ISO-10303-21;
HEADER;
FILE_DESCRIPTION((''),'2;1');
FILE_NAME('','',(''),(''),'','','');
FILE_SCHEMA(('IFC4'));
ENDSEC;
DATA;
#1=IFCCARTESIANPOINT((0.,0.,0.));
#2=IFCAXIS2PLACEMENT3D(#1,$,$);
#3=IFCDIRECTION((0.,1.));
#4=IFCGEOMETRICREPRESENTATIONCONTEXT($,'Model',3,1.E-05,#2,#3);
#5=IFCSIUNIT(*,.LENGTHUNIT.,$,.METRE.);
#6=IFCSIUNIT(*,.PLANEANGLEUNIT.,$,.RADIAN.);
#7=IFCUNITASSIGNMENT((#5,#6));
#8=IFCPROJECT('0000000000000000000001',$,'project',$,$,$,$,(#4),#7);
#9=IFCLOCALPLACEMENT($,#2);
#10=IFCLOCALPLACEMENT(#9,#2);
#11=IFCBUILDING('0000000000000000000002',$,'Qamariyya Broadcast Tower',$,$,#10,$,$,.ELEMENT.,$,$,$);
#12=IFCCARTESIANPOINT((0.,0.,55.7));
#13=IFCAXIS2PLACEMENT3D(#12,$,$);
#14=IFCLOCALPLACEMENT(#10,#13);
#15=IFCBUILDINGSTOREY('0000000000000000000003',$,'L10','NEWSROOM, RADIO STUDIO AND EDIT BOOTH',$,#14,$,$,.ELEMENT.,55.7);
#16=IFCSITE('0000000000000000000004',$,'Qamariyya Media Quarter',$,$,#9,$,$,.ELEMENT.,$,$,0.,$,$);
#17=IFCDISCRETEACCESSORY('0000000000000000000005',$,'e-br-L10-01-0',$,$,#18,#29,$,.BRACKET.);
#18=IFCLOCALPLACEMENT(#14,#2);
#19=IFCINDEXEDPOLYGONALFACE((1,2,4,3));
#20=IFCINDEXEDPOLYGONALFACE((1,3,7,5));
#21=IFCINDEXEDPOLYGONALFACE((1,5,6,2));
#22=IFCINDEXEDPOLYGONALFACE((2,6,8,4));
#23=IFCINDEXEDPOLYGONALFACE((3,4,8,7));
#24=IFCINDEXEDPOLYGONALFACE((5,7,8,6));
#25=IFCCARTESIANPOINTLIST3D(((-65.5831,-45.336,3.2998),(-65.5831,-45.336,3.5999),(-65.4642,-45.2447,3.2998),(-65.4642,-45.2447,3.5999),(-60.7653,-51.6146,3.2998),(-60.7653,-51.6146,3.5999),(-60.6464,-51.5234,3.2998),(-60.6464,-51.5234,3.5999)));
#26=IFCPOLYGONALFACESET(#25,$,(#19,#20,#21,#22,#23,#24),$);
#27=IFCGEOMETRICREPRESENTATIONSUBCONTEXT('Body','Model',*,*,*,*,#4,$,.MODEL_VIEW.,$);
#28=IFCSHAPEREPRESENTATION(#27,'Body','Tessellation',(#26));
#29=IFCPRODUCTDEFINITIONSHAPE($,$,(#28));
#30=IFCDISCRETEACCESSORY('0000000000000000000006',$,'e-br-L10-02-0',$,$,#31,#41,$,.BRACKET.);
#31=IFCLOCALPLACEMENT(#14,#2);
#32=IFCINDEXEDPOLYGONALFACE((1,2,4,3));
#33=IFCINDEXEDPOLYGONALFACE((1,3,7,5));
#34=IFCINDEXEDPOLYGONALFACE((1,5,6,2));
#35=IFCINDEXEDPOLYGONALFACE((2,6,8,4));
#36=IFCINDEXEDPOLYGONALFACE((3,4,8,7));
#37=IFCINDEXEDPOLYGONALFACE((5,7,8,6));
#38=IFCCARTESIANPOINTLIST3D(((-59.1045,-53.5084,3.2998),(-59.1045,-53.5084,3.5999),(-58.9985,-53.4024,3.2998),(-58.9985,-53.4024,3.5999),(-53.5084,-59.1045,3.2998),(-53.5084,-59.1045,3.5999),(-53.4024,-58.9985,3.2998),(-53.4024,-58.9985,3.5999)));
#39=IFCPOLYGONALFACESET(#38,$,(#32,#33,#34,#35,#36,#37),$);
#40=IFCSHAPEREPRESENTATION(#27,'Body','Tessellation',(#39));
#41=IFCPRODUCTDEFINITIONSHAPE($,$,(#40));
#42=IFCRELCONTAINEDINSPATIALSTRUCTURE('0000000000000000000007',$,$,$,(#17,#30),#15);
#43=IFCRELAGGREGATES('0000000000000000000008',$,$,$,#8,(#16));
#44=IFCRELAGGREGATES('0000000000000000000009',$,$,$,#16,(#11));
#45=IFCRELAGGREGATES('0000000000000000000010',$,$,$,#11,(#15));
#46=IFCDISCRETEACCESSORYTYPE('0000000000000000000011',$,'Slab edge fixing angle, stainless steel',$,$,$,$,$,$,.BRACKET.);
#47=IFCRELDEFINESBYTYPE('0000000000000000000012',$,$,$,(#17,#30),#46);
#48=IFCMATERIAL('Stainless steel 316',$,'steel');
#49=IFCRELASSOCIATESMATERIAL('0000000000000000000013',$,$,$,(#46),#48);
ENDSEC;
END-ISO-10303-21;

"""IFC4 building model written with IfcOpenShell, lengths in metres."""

from ifc_helpers import new_model, si_unit, direction, frame, origin, origin_2d, place, context, subcontext, project, spatial, rectangle, extrude, material, type_object, element, save


model = new_model("IFC4")

# Units and contexts
model_context = context("Model", 3, precision=1e-05, world=origin(), true_north=direction((0.0, 1.0)))
body_context = subcontext(model_context, "Body", "Model", "MODEL_VIEW")
ifc_project = project(units=[si_unit("LENGTHUNIT", "METRE"), si_unit("PLANEANGLEUNIT", "RADIAN")], contexts=[model_context])

# Site, building, storey
site_placement = place(None, origin())
site = spatial("IfcSite", under=ifc_project, at=site_placement, Name="Qamariyya Media Quarter", CompositionType="ELEMENT", RefElevation=0.0)
building_placement = place(site_placement, origin())
building = spatial("IfcBuilding", under=site, at=building_placement, Name="Qamariyya Broadcast Tower", CompositionType="ELEMENT")
storey_placement = place(building_placement, frame((0.0, 0.0, 55.7)))
storey = spatial("IfcBuildingStorey", under=building, at=storey_placement, Name="L10", Description="NEWSROOM, RADIO STUDIO AND EDIT BOOTH", CompositionType="ELEMENT", Elevation=55.7)

# Discrete accessories
ifc_material_1 = material(Name="Stainless steel 316", Category="steel")
discrete_accessory_type = type_object("IfcDiscreteAccessoryType", Name="Slab edge fixing angle, stainless steel", PredefinedType="BRACKET", material=ifc_material_1)
for number, where, z_axis, x_axis, name in (
    (1, (-63.1147, -48.4297, 3.2998), (0.0, 0.0, 1.0), (0.608761, -0.793353, 0.0), "e-br-L10-01-0"),
    (2, (-56.2534, -56.2534, 3.2998), (0.0, 0.0, 1.0), (0.707107, -0.707107, 0.0), "e-br-L10-02-0"),
):
    element("IfcDiscreteAccessory", number, at=place(storey_placement, frame(where, z_axis=z_axis, x_axis=x_axis)), inside=storey, type_object=discrete_accessory_type, Name=name, PredefinedType="BRACKET", context=body_context, shape_type="SweptSolid", body=[
        extrude(rectangle(XDim=7.9141, YDim=0.1499, at=origin_2d()), origin(), (0.0, 0.0, 1.0), 0.3),
    ])

save(model, "model.ifc")
